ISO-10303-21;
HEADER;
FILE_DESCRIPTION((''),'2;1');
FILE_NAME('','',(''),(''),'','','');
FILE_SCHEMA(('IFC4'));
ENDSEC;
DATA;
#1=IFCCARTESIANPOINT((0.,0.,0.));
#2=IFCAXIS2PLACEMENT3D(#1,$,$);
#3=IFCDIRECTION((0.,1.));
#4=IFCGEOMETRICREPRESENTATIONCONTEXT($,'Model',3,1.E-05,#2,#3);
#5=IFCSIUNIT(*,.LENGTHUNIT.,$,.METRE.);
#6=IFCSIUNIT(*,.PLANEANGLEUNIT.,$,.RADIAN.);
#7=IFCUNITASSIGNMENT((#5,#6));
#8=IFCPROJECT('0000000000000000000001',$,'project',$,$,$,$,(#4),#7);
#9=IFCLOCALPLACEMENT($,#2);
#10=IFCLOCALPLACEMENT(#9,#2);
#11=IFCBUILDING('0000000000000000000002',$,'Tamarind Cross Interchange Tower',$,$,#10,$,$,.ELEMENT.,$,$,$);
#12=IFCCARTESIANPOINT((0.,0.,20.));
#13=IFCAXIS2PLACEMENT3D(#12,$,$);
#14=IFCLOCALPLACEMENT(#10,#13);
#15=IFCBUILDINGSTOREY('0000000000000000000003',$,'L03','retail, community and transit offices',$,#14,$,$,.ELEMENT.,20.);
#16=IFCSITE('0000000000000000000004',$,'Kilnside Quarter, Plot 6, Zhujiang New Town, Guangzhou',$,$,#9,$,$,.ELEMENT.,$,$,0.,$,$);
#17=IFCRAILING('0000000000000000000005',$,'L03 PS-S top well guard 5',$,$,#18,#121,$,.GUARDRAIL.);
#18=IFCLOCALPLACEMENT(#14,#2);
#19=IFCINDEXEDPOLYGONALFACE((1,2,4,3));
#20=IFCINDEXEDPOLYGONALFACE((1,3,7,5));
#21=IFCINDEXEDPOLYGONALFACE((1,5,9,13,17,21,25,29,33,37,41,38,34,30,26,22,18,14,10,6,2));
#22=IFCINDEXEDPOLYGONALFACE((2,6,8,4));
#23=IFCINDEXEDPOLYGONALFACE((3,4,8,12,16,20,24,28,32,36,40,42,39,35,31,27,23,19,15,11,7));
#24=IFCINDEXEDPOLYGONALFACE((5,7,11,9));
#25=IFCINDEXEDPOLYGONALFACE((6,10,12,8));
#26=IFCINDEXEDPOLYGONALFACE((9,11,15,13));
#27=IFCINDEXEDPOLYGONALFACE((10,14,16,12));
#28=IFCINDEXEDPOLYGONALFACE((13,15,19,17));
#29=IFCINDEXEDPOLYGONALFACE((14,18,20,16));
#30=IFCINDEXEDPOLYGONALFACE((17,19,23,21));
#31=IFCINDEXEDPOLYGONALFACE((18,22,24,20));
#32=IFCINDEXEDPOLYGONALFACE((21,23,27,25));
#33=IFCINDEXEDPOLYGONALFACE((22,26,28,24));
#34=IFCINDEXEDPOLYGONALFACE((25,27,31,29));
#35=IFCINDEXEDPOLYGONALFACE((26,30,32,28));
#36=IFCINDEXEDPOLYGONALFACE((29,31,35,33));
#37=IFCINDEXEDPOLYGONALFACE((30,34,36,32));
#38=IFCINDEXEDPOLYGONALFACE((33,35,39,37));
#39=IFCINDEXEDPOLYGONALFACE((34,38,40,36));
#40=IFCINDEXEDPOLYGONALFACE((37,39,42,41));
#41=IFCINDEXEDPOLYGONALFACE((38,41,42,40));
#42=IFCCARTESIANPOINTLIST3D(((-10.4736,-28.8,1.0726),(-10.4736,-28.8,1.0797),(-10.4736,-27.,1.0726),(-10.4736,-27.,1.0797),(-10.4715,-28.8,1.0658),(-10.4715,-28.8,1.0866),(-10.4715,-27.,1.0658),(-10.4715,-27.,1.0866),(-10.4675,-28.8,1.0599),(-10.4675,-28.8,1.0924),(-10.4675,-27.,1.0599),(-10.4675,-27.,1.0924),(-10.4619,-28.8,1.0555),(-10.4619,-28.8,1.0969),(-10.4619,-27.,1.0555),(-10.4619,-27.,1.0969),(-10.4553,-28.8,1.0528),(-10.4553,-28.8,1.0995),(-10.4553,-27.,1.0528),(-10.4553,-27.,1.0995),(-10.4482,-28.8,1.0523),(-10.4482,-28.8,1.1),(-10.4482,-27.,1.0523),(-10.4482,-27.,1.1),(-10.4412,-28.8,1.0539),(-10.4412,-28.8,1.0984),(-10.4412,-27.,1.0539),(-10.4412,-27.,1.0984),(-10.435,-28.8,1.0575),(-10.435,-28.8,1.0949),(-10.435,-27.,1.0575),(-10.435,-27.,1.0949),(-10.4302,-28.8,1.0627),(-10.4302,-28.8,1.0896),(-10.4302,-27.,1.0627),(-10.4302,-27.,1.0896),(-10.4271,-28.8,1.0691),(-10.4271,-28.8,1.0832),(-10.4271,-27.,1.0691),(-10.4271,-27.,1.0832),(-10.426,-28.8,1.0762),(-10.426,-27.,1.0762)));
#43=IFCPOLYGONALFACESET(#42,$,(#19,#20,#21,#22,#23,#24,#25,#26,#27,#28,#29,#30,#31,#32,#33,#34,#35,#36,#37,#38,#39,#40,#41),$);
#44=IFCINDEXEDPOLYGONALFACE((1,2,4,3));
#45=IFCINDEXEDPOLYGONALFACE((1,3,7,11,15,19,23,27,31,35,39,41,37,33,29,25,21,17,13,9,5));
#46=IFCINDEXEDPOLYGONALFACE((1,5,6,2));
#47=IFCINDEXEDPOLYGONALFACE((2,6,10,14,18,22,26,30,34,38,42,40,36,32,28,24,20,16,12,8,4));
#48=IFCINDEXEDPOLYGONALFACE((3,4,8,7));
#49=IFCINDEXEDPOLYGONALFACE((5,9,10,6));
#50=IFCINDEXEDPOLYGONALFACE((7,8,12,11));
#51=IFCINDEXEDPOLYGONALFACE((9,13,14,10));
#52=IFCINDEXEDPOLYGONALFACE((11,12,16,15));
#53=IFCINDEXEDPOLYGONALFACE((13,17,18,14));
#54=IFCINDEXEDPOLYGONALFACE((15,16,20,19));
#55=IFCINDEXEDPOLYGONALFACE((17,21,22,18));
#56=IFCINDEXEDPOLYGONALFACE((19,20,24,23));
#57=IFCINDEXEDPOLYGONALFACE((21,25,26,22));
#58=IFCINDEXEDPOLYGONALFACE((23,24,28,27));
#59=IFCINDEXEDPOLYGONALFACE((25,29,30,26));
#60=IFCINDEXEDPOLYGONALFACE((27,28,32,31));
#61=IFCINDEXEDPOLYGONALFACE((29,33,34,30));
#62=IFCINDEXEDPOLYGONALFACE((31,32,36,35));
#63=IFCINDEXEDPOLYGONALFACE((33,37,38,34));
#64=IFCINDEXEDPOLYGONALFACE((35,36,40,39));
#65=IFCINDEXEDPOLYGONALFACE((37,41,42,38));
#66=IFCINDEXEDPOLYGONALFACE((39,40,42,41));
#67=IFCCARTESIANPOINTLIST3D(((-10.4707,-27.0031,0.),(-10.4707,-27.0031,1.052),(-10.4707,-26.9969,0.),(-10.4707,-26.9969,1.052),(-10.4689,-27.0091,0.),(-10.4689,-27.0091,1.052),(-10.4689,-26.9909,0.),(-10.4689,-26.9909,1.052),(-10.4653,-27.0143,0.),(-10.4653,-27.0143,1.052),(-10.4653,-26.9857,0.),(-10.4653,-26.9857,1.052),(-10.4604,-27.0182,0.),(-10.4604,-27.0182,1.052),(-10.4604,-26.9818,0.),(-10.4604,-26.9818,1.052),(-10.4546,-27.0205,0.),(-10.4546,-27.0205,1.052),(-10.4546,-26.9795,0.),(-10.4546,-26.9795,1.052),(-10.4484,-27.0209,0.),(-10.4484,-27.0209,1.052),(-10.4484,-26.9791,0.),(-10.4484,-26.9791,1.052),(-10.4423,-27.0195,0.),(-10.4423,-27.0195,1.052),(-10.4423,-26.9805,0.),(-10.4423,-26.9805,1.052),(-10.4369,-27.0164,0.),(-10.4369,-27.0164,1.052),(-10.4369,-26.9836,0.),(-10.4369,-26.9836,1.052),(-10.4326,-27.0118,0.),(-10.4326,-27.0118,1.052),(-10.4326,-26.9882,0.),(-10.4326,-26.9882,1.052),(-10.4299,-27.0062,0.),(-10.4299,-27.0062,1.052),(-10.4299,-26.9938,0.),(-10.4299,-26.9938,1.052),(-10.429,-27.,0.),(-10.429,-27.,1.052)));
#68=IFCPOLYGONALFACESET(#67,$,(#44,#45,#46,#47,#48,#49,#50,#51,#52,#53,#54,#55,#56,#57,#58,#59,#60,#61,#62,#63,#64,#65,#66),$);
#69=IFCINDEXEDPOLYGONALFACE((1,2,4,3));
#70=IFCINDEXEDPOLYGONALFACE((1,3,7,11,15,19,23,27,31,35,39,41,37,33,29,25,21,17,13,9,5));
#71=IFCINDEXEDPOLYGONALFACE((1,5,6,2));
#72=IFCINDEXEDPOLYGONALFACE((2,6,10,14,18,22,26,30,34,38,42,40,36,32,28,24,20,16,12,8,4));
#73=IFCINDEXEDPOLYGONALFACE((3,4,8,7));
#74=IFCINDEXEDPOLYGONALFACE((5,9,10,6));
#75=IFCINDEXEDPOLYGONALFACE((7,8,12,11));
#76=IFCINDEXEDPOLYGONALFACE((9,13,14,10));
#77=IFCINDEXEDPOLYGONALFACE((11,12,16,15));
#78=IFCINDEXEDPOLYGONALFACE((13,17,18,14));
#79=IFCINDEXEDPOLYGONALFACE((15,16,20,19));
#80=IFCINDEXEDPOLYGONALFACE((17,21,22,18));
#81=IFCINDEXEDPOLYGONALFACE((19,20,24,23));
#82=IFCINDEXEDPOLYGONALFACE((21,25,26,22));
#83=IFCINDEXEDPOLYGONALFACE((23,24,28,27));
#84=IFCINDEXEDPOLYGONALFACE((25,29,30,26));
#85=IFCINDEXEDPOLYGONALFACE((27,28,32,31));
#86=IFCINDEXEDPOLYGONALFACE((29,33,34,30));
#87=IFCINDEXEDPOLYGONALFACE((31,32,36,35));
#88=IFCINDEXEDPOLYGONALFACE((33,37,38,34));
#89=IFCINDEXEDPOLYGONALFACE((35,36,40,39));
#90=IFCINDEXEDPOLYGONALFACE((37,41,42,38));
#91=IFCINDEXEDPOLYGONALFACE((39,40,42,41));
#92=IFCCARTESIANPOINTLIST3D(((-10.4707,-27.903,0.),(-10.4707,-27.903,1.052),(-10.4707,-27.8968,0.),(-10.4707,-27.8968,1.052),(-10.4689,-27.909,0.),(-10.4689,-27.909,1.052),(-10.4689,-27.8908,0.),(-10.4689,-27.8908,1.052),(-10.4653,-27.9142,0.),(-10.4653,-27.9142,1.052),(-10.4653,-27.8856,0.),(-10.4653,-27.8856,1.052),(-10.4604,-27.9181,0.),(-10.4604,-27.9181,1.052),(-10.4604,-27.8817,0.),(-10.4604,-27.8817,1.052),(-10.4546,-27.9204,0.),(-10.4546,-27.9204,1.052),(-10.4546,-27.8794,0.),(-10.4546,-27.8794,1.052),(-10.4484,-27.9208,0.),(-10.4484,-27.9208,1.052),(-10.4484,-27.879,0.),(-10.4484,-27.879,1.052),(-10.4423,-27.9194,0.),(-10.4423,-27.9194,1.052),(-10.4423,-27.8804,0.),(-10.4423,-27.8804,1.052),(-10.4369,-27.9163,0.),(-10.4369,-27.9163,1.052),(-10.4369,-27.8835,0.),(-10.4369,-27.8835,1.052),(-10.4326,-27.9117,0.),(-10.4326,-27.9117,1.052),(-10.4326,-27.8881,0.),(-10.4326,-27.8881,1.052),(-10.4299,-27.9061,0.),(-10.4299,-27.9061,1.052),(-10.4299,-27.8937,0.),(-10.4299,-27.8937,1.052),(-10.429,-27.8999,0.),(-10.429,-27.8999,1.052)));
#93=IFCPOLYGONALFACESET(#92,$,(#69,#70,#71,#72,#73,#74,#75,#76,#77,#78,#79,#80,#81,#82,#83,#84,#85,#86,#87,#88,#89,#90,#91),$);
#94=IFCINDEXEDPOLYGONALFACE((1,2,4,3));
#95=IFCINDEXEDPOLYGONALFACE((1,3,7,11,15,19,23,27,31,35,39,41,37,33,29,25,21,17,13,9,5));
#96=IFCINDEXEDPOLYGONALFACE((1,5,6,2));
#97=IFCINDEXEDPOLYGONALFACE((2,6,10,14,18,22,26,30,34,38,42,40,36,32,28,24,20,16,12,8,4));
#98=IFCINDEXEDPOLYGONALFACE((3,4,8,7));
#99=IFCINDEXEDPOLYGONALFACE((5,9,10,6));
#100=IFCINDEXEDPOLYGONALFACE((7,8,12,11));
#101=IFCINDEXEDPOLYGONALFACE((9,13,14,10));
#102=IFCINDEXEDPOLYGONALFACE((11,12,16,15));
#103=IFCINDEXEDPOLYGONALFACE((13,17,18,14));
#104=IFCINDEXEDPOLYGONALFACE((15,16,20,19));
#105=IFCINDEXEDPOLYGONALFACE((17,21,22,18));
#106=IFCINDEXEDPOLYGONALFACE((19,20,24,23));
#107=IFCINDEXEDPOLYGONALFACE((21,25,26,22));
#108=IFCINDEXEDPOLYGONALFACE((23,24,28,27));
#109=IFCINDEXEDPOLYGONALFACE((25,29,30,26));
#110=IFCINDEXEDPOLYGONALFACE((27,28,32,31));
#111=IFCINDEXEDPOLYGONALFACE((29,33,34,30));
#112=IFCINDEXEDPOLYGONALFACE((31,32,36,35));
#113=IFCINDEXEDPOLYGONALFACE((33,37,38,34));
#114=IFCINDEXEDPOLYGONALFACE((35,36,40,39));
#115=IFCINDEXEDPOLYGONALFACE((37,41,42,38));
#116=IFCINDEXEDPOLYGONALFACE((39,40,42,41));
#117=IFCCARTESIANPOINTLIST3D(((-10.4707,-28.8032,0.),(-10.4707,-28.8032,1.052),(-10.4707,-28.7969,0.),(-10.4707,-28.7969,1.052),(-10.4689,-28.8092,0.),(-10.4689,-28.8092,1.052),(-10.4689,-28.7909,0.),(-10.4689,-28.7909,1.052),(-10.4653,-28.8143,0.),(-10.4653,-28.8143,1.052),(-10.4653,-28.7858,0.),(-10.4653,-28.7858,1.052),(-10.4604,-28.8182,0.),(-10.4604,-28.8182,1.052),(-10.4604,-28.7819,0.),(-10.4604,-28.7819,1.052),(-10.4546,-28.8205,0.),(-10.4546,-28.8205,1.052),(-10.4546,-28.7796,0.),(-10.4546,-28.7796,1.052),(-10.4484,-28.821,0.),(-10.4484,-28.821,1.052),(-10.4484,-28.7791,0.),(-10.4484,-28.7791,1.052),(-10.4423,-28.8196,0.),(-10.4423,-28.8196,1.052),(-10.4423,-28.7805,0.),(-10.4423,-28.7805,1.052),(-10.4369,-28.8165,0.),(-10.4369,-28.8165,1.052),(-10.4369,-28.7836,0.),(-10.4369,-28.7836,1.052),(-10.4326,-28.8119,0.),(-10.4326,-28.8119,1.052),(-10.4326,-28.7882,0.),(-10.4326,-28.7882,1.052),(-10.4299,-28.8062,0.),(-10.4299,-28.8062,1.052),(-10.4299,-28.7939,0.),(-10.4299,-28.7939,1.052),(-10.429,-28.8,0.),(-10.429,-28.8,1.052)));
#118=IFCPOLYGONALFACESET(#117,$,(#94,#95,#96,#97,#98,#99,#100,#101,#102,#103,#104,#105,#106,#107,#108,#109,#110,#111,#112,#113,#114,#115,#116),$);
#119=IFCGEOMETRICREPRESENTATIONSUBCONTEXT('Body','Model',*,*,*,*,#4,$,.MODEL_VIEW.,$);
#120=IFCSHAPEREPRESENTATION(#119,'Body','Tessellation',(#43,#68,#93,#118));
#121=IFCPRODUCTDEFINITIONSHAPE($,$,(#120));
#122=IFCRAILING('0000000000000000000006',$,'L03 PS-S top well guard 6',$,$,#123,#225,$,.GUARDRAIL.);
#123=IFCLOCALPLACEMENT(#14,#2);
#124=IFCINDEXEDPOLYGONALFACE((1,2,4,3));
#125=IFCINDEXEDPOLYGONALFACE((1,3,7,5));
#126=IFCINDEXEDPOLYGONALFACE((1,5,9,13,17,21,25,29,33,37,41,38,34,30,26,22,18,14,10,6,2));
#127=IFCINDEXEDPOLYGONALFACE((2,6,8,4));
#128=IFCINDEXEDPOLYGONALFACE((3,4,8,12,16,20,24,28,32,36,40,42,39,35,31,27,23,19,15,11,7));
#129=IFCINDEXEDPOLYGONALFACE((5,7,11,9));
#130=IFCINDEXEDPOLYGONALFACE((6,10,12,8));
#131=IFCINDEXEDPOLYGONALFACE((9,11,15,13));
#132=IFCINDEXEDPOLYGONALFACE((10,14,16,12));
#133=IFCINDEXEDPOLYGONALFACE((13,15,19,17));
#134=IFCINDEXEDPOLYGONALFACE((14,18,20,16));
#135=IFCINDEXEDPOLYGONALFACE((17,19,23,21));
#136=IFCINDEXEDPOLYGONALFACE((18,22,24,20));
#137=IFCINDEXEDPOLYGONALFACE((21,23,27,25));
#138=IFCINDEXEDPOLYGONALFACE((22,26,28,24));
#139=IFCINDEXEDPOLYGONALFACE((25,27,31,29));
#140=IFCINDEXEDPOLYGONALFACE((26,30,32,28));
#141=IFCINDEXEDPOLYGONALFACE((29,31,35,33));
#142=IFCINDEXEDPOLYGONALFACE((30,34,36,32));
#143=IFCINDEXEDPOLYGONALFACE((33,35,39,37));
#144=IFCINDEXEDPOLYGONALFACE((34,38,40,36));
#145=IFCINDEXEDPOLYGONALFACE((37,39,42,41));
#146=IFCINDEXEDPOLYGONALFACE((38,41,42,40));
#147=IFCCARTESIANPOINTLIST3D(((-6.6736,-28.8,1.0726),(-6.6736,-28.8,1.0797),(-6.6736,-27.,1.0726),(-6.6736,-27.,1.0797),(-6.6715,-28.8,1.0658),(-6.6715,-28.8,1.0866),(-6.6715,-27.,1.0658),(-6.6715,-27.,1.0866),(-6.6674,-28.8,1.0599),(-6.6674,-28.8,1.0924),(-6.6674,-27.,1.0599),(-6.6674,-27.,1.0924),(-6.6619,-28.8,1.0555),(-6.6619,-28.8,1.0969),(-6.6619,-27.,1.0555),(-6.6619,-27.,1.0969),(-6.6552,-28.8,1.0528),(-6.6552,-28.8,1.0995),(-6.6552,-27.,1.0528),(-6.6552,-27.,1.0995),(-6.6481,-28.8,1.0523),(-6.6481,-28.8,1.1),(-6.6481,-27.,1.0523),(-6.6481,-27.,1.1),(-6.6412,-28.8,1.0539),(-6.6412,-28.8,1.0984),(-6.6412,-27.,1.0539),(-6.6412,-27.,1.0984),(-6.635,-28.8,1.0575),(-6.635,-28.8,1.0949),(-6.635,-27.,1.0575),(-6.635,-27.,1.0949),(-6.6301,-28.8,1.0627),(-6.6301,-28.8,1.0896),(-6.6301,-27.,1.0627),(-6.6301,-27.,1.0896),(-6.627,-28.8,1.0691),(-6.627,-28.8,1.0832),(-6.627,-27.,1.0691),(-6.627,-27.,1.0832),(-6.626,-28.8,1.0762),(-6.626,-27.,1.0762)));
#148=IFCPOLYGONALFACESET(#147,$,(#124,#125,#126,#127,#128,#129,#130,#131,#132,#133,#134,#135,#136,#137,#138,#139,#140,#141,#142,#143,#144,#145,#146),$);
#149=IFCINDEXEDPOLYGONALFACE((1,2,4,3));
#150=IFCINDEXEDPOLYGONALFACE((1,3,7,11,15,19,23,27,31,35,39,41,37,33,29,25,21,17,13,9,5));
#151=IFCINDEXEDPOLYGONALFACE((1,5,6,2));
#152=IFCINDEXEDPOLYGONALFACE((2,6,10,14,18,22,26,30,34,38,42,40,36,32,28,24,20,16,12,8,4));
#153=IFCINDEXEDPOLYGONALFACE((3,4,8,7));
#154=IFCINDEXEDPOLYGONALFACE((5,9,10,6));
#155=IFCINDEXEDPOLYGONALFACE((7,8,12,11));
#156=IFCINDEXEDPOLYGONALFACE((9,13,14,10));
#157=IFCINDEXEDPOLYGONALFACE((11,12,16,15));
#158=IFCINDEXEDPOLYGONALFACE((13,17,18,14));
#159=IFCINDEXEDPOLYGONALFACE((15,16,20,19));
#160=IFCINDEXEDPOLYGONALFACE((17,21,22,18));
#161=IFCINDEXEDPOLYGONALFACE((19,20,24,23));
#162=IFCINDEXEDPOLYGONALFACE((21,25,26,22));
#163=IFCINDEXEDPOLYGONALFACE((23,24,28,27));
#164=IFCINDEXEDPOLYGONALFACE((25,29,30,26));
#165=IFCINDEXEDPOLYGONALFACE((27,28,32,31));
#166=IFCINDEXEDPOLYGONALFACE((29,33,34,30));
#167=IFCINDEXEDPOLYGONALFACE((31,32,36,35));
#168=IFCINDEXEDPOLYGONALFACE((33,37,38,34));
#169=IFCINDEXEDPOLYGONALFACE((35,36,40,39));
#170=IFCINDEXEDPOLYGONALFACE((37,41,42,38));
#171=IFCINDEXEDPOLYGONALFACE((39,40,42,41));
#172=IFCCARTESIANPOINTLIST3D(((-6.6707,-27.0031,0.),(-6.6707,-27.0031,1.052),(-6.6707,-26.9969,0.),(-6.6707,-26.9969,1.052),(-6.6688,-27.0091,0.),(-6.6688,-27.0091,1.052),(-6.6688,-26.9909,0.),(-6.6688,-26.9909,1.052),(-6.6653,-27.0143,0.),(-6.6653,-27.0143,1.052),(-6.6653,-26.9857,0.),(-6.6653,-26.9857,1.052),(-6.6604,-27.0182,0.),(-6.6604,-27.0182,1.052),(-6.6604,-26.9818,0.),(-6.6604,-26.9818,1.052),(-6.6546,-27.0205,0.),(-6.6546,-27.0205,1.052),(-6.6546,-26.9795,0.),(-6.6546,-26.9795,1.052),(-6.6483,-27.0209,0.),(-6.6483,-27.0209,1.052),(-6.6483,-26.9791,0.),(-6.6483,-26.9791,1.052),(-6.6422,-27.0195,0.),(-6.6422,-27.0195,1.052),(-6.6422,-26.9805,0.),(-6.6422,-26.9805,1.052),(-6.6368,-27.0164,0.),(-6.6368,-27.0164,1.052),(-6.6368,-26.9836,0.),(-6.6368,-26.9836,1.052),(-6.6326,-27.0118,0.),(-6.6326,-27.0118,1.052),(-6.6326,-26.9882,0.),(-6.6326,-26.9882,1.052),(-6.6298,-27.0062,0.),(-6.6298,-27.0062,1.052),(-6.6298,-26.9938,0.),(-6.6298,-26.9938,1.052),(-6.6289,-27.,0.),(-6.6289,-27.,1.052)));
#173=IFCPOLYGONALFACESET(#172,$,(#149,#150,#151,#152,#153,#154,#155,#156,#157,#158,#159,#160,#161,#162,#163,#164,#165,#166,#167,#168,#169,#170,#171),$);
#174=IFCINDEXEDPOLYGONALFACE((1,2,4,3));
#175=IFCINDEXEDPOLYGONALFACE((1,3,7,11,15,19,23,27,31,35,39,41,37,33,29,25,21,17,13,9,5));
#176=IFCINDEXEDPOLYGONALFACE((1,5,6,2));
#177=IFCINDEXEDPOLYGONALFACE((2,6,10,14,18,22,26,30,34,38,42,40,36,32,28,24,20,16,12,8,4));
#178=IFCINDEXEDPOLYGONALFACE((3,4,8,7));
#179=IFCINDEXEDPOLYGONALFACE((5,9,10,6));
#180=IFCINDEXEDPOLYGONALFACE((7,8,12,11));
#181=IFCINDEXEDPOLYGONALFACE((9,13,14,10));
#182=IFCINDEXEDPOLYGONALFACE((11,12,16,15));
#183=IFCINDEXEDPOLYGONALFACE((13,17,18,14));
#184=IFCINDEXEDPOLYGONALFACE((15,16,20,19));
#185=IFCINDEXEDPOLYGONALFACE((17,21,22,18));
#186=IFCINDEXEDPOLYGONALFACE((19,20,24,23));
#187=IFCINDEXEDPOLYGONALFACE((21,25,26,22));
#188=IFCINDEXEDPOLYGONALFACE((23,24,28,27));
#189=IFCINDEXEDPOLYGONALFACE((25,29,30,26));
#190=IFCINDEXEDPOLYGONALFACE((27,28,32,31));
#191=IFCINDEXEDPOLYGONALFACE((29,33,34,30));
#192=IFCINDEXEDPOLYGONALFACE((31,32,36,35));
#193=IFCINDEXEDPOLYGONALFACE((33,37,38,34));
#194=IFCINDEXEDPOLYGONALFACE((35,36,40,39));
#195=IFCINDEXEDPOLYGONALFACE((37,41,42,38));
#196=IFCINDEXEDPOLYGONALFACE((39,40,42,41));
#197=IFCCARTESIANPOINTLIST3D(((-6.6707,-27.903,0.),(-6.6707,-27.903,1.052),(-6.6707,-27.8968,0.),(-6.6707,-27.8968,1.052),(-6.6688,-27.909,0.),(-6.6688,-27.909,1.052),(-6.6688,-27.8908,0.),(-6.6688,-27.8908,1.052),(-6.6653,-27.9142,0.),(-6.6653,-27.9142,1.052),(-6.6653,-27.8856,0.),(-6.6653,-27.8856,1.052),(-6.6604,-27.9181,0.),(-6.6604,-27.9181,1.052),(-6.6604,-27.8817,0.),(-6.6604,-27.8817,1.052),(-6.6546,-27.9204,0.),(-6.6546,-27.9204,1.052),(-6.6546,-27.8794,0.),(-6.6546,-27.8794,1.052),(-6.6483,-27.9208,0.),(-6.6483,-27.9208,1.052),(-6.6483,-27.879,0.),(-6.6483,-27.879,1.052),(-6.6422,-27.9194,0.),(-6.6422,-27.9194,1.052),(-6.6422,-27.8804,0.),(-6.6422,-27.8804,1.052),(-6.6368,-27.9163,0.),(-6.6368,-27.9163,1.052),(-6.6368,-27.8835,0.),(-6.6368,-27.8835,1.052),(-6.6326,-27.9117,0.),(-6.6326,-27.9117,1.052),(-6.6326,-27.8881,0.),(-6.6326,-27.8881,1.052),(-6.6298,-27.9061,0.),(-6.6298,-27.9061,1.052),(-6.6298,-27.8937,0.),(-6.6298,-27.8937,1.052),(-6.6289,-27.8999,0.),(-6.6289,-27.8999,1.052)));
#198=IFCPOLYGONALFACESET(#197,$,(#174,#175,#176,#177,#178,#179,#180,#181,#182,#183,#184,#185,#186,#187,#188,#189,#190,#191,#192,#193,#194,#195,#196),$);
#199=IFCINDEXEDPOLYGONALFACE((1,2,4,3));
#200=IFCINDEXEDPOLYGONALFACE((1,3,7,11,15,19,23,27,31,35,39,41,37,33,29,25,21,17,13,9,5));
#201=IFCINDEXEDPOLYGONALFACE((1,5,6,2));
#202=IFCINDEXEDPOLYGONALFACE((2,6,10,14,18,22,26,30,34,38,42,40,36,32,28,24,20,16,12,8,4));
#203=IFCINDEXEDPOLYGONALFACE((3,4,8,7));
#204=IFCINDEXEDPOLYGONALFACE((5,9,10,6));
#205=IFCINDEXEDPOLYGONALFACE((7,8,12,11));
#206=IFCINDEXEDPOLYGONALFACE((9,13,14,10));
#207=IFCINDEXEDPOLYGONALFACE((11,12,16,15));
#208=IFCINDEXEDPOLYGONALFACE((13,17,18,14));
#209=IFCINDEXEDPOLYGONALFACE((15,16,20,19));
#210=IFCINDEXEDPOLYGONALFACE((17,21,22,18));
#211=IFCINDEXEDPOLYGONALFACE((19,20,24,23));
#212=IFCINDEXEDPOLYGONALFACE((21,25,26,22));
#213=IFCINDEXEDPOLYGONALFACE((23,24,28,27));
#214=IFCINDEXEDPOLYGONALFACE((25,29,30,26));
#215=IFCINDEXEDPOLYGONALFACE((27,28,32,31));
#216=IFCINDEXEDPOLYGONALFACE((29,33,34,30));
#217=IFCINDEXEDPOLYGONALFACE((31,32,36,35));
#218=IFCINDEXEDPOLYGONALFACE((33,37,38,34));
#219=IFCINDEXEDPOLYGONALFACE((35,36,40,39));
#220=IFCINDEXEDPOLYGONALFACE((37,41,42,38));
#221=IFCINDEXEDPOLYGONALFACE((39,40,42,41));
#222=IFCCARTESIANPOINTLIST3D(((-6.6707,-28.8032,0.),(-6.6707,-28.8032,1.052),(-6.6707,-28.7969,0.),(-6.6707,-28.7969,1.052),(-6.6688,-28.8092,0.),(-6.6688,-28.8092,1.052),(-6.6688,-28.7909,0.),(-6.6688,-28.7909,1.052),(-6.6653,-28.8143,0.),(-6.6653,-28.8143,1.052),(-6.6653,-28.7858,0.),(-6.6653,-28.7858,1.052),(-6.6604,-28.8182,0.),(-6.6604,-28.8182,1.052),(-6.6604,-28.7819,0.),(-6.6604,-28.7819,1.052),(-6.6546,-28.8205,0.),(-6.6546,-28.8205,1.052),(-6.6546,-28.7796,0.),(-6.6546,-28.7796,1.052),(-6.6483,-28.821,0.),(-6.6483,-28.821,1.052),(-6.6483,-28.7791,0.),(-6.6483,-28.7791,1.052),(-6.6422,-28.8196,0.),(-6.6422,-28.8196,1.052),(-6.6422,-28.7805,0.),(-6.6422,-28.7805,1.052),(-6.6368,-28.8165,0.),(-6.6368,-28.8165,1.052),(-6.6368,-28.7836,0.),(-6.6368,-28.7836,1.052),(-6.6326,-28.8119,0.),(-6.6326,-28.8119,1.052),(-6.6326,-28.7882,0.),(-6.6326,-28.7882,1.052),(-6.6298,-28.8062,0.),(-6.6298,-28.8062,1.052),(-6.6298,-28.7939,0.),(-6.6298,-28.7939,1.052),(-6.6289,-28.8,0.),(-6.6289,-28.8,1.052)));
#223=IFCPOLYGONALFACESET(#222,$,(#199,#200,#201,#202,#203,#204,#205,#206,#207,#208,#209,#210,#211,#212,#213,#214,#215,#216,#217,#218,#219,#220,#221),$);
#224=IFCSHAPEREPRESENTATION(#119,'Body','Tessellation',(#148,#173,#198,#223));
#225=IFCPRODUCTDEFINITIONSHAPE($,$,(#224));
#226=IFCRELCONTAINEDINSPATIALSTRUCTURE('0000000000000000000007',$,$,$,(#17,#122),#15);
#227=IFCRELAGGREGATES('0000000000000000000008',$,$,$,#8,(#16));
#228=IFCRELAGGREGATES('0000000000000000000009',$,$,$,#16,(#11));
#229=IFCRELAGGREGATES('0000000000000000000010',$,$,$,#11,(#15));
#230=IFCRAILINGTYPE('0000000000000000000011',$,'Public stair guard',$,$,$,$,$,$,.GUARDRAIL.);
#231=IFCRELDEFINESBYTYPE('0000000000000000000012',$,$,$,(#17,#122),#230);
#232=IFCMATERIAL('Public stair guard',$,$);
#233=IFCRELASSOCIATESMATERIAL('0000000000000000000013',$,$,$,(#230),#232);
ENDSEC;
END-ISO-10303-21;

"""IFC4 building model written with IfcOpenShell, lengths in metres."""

from ifc_helpers import new_model, si_unit, direction, frame, origin, origin_2d, place, context, subcontext, project, spatial, circle, extrude, material, type_object, element, save


model = new_model("IFC4")

# Units and contexts
model_context = context("Model", 3, precision=1e-05, world=origin(), true_north=direction((0.0, 1.0)))
body_context = subcontext(model_context, "Body", "Model", "MODEL_VIEW")
ifc_project = project(units=[si_unit("LENGTHUNIT", "METRE"), si_unit("PLANEANGLEUNIT", "RADIAN")], contexts=[model_context])

# Site, building, storey
site_placement = place(None, origin())
site = spatial("IfcSite", under=ifc_project, at=site_placement, Name="Kilnside Quarter, Plot 6, Zhujiang New Town, Guangzhou", CompositionType="ELEMENT", RefElevation=0.0)
building_placement = place(site_placement, origin())
building = spatial("IfcBuilding", under=site, at=building_placement, Name="Tamarind Cross Interchange Tower", CompositionType="ELEMENT")
storey_placement = place(building_placement, frame((0.0, 0.0, 20.0)))
storey = spatial("IfcBuildingStorey", under=building, at=storey_placement, Name="L03", Description="retail, community and transit offices", CompositionType="ELEMENT", Elevation=20.0)

# Railings
ifc_material_1 = material(Name="Public stair guard")
railing_type_1 = type_object("IfcRailingType", Name="Public stair guard", PredefinedType="GUARDRAIL", material=ifc_material_1)
for number, where, name in (
    (1, (-10.45, -27.0, 0.0), "L03 PS-S top well guard 5"),
    (2, (-6.6499, -27.0, 0.0), "L03 PS-S top well guard 6"),
):
    element("IfcRailing", number, at=place(storey_placement, frame(where)), inside=storey, type_object=railing_type_1, Name=name, PredefinedType="GUARDRAIL", context=body_context, shape_type="SweptSolid", body=[
        extrude(circle(Radius=0.0239, at=origin_2d()), frame((0.0, 0.0, 1.0762), z_axis=(0.0, -1.0, 0.0), x_axis=(1.0, 0.0, 0.0)), (0.0, 0.0, 1.0), 1.8),
        extrude(circle(Radius=0.021, at=origin_2d()), origin(), (0.0, 0.0, 1.0), 1.052),
        extrude(circle(Radius=0.021, at=origin_2d()), frame((0.0, -0.8999, 0.0)), (0.0, 0.0, 1.0), 1.052),
        extrude(circle(Radius=0.021, at=origin_2d()), frame((0.0, -1.8, 0.0)), (0.0, 0.0, 1.0), 1.052),
    ])

save(model, "model.ifc")
